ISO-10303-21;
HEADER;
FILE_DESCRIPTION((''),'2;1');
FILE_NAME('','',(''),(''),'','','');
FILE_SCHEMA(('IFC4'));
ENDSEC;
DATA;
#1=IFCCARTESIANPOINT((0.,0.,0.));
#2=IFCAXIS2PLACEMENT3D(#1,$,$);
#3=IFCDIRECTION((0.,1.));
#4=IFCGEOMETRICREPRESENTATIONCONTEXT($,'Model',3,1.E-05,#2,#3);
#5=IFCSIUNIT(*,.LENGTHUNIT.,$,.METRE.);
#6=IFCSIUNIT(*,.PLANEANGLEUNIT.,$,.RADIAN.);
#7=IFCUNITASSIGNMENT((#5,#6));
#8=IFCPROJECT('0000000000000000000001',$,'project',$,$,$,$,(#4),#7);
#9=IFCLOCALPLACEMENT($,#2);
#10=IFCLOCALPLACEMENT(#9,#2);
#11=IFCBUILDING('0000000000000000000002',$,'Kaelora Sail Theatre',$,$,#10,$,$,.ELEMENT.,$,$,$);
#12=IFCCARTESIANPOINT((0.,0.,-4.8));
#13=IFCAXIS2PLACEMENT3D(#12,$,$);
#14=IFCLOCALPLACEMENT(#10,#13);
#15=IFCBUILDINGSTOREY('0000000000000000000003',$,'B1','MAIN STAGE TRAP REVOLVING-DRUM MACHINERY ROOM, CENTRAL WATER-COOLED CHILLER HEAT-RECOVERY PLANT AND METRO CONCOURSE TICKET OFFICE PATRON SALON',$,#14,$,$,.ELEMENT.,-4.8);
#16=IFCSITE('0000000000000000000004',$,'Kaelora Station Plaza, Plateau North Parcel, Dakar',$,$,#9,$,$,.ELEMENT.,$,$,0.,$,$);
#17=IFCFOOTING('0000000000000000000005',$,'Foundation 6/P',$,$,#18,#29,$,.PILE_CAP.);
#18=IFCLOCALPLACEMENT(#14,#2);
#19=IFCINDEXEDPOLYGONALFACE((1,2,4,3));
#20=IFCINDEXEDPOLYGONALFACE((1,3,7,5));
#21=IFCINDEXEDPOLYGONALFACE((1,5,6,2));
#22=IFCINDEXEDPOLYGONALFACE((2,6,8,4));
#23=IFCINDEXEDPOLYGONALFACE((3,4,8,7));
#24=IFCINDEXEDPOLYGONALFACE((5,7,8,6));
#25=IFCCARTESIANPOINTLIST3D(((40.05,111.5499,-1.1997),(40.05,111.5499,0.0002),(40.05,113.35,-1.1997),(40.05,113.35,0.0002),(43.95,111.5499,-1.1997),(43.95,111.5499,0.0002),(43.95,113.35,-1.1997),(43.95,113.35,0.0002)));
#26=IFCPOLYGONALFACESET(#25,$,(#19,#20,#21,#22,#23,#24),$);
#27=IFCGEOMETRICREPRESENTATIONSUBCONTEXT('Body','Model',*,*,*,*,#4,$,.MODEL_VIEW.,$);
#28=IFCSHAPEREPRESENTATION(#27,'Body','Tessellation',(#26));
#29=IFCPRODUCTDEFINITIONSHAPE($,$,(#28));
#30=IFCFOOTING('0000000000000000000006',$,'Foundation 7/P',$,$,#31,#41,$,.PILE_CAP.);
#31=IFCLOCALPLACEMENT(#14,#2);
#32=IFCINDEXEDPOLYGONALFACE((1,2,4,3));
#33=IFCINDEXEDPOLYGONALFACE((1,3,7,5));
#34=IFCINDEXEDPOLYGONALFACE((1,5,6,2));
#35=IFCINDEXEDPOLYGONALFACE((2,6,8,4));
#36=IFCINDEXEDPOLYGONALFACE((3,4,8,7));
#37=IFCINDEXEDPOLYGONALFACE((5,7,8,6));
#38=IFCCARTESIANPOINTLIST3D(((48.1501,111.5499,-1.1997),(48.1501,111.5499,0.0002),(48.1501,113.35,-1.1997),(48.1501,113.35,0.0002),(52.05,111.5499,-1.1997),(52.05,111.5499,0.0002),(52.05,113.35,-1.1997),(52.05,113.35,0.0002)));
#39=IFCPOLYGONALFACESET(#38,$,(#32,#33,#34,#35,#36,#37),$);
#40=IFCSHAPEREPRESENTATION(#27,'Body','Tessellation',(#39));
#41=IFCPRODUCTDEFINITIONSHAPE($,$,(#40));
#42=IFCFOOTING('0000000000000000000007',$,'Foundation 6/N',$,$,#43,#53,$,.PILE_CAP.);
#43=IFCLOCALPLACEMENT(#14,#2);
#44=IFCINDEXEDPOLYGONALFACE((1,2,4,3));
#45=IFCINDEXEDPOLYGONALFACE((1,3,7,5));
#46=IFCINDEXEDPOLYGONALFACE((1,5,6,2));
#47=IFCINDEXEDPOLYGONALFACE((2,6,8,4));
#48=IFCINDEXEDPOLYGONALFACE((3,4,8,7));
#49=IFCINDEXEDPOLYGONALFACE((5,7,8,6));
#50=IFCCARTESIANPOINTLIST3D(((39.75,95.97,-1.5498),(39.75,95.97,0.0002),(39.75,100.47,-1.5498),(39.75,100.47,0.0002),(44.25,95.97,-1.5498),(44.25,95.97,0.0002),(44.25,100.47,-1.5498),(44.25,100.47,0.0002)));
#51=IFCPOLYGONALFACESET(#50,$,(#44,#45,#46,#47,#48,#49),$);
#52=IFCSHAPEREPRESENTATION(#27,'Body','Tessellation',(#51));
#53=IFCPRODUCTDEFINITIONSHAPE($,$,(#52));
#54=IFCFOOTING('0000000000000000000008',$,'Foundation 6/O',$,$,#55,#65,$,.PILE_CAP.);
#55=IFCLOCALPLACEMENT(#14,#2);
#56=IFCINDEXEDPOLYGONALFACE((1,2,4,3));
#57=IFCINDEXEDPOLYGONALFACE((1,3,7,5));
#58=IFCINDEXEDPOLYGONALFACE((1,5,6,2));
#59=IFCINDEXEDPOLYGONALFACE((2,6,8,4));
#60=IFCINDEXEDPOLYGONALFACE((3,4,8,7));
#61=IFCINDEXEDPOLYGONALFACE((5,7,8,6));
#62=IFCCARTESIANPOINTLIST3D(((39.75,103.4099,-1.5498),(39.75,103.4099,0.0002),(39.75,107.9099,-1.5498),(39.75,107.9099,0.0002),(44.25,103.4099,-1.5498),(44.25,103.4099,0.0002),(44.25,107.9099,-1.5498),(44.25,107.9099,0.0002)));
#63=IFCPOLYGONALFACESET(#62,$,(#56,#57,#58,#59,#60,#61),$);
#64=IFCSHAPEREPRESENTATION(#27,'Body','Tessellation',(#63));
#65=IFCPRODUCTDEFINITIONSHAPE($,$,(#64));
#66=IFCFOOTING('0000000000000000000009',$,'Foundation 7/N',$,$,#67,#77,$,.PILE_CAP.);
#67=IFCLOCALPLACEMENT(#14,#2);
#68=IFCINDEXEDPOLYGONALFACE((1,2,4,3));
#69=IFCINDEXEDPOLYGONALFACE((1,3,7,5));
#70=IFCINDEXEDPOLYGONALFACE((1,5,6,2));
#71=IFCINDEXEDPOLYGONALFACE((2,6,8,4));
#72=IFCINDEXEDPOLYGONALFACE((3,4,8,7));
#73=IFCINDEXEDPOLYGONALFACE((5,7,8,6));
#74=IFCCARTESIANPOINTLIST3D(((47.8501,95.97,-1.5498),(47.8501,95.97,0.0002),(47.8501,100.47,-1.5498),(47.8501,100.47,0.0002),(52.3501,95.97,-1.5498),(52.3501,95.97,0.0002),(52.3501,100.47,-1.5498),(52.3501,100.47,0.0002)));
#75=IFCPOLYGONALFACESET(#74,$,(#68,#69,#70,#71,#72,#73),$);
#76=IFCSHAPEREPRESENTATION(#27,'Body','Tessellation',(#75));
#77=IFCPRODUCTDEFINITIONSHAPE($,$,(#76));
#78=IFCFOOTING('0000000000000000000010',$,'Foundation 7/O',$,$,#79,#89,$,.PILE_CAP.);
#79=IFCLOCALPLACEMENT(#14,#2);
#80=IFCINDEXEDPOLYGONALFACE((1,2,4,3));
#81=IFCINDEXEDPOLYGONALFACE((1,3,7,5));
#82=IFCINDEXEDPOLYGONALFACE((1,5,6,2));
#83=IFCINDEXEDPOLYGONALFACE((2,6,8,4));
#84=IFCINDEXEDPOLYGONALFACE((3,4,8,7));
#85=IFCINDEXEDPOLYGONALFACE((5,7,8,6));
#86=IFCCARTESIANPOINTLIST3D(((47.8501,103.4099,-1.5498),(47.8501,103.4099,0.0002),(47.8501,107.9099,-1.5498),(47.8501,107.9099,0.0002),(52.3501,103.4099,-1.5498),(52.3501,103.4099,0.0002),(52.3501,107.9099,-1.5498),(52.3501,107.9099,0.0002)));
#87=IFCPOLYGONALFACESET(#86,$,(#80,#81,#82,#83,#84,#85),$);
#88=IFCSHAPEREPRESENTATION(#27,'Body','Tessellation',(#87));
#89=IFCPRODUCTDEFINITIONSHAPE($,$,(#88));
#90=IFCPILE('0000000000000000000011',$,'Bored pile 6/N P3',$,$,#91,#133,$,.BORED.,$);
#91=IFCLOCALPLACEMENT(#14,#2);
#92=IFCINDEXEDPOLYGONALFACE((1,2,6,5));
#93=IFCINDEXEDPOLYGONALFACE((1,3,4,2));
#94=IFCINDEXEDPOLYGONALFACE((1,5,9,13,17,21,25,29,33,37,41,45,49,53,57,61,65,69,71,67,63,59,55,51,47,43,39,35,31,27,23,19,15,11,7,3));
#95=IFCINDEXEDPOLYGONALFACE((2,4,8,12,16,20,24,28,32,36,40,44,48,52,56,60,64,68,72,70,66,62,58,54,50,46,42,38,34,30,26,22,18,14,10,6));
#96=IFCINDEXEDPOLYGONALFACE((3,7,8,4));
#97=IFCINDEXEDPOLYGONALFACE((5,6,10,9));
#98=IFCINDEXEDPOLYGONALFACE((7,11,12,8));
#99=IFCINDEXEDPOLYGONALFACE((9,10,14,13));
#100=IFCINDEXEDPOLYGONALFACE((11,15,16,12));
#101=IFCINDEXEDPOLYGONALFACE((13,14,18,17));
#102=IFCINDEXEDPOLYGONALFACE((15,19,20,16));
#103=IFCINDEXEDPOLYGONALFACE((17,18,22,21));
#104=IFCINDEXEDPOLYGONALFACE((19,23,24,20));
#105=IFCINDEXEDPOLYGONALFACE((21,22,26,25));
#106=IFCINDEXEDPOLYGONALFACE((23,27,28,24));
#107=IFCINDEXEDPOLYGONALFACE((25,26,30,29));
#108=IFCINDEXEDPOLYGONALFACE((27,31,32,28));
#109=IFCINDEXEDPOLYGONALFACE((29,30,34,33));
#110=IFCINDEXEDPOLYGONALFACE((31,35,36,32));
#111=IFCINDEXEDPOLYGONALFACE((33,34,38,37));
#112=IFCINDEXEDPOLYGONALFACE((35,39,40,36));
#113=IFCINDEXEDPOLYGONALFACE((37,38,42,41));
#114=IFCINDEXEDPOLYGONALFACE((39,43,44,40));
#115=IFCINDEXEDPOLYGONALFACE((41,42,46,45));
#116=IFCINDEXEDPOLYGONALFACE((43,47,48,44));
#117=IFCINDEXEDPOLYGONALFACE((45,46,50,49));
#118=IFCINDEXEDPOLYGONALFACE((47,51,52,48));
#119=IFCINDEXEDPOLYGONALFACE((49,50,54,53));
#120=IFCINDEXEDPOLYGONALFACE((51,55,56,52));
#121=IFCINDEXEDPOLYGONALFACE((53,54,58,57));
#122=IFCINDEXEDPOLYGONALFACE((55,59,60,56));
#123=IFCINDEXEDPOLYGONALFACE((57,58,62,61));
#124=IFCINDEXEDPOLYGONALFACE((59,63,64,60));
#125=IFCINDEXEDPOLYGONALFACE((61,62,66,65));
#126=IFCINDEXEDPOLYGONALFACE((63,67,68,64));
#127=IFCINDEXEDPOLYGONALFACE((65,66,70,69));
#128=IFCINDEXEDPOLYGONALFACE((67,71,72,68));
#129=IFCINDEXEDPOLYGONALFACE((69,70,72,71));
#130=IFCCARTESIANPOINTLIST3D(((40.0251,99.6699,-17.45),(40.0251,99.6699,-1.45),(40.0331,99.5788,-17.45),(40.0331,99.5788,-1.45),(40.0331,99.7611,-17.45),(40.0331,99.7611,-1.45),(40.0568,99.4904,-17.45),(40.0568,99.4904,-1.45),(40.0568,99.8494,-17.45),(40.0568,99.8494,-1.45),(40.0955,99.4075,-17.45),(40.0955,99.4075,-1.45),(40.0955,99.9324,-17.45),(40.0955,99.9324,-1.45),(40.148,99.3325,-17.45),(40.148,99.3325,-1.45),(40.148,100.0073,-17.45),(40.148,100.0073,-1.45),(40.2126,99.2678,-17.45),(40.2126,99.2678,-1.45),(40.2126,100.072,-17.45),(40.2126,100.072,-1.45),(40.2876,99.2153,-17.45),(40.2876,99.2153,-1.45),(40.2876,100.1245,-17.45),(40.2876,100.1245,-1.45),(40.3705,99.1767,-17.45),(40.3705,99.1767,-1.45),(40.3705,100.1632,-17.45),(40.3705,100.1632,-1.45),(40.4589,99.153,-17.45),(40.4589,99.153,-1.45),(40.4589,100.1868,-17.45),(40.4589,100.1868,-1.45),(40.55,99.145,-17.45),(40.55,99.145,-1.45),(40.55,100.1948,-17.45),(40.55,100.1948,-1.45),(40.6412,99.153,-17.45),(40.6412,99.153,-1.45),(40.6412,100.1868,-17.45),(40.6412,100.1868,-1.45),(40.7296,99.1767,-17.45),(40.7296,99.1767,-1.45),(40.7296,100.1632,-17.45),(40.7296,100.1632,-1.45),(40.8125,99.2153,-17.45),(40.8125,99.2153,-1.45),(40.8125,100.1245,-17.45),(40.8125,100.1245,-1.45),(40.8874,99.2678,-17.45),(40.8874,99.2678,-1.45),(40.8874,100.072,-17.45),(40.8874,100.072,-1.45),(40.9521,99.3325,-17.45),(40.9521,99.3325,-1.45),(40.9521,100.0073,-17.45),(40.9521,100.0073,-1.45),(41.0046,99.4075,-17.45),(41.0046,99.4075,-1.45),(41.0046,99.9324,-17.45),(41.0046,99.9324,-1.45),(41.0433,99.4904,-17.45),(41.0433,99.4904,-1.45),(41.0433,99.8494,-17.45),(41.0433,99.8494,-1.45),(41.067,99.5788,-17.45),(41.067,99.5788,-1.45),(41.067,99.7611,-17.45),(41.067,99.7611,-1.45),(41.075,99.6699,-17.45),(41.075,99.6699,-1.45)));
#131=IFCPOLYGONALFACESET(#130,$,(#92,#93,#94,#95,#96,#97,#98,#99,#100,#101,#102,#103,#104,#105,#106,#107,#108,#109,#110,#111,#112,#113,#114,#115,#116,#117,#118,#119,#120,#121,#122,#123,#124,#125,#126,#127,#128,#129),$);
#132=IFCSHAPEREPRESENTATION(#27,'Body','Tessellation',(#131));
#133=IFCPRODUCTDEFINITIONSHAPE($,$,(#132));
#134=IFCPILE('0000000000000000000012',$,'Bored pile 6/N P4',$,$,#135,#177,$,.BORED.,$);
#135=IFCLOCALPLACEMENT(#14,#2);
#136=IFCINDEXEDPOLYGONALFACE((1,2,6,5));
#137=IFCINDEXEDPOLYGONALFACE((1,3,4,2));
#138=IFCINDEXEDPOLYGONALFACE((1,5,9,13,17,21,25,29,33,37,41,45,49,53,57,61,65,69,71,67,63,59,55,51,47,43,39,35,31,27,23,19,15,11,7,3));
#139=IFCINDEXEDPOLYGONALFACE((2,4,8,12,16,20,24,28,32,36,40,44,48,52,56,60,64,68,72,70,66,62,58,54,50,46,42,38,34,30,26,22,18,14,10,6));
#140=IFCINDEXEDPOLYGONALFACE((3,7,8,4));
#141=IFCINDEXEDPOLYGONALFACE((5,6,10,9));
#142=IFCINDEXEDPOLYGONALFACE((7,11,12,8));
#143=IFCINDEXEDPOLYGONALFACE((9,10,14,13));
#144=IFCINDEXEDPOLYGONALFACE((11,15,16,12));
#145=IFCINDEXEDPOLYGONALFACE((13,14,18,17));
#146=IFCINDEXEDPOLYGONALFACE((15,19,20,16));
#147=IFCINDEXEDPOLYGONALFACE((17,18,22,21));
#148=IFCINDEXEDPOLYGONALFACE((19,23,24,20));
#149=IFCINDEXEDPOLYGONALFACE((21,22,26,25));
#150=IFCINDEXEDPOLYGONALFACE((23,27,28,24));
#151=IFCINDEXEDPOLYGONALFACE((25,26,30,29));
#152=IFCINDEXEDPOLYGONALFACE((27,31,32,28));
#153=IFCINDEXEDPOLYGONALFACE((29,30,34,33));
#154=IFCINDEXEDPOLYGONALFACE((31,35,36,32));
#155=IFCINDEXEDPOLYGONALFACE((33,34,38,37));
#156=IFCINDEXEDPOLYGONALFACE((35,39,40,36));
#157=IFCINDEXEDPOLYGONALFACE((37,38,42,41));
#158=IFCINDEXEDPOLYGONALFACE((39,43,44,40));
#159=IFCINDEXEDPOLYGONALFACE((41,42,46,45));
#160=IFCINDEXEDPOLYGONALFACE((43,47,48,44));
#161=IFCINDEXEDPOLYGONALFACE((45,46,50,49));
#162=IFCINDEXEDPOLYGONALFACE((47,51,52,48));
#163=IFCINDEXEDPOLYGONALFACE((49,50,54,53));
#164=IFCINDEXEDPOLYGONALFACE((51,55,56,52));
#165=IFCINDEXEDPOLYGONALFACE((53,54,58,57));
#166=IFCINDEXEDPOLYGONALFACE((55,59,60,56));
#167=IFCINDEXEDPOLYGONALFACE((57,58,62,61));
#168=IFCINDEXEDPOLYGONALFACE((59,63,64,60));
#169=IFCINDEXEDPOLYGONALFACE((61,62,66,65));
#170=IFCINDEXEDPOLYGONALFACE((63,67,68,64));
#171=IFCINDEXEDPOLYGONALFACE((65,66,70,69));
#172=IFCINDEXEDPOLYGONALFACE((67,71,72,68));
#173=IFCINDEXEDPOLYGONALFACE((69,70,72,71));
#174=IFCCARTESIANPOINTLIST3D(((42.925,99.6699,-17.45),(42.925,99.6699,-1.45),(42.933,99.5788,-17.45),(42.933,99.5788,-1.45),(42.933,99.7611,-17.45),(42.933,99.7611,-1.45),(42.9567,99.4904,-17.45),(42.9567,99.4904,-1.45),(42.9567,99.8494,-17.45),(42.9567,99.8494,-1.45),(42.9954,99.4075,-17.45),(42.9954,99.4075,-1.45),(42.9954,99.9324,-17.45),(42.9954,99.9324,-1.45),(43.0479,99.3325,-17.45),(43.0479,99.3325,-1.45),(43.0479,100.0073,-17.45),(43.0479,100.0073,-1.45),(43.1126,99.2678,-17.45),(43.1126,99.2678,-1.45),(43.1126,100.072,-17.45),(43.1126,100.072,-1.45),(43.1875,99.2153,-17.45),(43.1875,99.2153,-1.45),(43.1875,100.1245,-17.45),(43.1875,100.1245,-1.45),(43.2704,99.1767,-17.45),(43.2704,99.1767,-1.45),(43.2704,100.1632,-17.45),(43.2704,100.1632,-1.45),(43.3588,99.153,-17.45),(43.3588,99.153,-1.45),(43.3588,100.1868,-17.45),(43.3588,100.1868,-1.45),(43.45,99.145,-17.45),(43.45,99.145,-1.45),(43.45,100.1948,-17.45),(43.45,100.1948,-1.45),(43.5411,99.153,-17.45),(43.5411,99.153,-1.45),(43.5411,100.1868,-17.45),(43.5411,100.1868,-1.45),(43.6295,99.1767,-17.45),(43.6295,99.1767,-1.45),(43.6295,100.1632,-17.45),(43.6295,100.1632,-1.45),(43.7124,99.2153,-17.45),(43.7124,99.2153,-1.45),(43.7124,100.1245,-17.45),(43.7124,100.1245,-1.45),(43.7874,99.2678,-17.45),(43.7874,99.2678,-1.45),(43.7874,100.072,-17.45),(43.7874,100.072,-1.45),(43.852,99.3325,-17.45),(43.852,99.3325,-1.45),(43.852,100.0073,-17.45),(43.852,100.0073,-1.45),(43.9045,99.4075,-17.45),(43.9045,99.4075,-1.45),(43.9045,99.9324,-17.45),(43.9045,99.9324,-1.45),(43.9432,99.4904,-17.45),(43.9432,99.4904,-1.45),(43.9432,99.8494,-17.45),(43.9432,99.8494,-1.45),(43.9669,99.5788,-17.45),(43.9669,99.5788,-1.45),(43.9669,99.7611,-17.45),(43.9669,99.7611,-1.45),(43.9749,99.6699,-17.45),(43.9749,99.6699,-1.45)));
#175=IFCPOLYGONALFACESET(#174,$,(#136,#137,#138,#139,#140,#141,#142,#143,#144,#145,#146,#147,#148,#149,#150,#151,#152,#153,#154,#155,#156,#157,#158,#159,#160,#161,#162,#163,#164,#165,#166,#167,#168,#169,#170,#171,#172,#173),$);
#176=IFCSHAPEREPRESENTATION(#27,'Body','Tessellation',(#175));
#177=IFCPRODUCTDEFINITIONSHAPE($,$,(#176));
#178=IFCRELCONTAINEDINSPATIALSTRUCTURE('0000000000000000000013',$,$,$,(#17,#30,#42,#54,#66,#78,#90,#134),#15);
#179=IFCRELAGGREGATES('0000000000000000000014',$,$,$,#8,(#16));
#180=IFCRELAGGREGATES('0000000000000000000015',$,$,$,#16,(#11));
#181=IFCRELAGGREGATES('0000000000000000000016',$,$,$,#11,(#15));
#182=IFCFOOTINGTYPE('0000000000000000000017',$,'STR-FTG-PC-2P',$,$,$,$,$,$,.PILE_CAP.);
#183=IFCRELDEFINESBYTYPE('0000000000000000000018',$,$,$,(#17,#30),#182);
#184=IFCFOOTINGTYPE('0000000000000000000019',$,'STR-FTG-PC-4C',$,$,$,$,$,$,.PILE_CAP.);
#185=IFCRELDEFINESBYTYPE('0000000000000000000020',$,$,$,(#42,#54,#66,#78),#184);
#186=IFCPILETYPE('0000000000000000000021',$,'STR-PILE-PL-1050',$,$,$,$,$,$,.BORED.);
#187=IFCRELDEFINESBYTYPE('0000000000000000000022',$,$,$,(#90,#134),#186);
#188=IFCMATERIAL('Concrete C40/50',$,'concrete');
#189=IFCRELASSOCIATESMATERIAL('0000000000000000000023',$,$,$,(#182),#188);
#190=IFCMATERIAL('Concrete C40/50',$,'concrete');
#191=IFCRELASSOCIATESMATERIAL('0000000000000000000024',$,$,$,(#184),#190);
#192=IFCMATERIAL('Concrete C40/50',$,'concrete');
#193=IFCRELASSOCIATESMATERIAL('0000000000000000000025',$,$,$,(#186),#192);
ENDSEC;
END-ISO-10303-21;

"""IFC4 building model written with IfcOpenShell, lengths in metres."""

from ifc_helpers import new_model, si_unit, direction, frame, origin, origin_2d, place, context, subcontext, project, spatial, rectangle, circle, extrude, material, material_profile, profile_set, type_object, element, save


model = new_model("IFC4")

# Units and contexts
model_context = context("Model", 3, precision=1e-05, world=origin(), true_north=direction((0.0, 1.0)))
body_context = subcontext(model_context, "Body", "Model", "MODEL_VIEW")
ifc_project = project(units=[si_unit("LENGTHUNIT", "METRE"), si_unit("PLANEANGLEUNIT", "RADIAN")], contexts=[model_context])

# Site, building, storey
site_placement = place(None, origin())
site = spatial("IfcSite", under=ifc_project, at=site_placement, Name="Kaelora Station Plaza, Plateau North Parcel, Dakar", CompositionType="ELEMENT", RefElevation=0.0)
building_placement = place(site_placement, origin())
building = spatial("IfcBuilding", under=site, at=building_placement, Name="Kaelora Sail Theatre", CompositionType="ELEMENT")
storey_placement = place(building_placement, frame((0.0, 0.0, -4.8)))
storey = spatial("IfcBuildingStorey", under=building, at=storey_placement, Name="B1", Description="MAIN STAGE TRAP REVOLVING-DRUM MACHINERY ROOM, CENTRAL WATER-COOLED CHILLER HEAT-RECOVERY PLANT AND METRO CONCOURSE TICKET OFFICE PATRON SALON", CompositionType="ELEMENT", Elevation=-4.8)

# Footings
ifc_material_1 = material(Name="Concrete C40/50", Category="concrete")
footing_type_1 = type_object("IfcFootingType", Name="STR-FTG-PC-2P", PredefinedType="PILE_CAP", material=ifc_material_1)
for number, where, z_axis, x_axis, name in (
    (1, (42.0, 112.45, -1.1997), (0.0, 0.0, 1.0), (1.0, 0.0, 0.0), "Foundation 6/P"),
    (2, (50.1001, 112.45, -1.1997), (0.0, 0.0, 1.0), (1.0, 0.0, 0.0), "Foundation 7/P"),
):
    element("IfcFooting", number, at=place(storey_placement, frame(where, z_axis=z_axis, x_axis=x_axis)), inside=storey, type_object=footing_type_1, Name=name, PredefinedType="PILE_CAP", context=body_context, shape_type="SweptSolid", body=[
        extrude(rectangle(XDim=3.8999, YDim=1.8, at=origin_2d()), origin(), (0.0, 0.0, 1.0), 1.2),
    ])
ifc_material_2 = material(Name="Concrete C40/50", Category="concrete")
footing_type_2 = type_object("IfcFootingType", Name="STR-FTG-PC-4C", PredefinedType="PILE_CAP", material=ifc_material_2)
for number, where, z_axis, x_axis, name in (
    (3, (42.0, 98.22, -1.5498), (0.0, 0.0, 1.0), (1.0, 0.0, 0.0), "Foundation 6/N"),
    (4, (42.0, 105.6599, -1.5498), (0.0, 0.0, 1.0), (1.0, 0.0, 0.0), "Foundation 6/O"),
    (5, (50.1001, 98.22, -1.5498), (0.0, 0.0, 1.0), (1.0, 0.0, 0.0), "Foundation 7/N"),
    (6, (50.1001, 105.6599, -1.5498), (0.0, 0.0, 1.0), (1.0, 0.0, 0.0), "Foundation 7/O"),
):
    element("IfcFooting", number, at=place(storey_placement, frame(where, z_axis=z_axis, x_axis=x_axis)), inside=storey, type_object=footing_type_2, Name=name, PredefinedType="PILE_CAP", context=body_context, shape_type="SweptSolid", body=[
        extrude(rectangle(XDim=4.5, YDim=4.5, at=origin_2d()), origin(), (0.0, 0.0, 1.0), 1.55),
    ])

# Piles
ifc_material_3 = material(Name="Concrete C40/50", Category="concrete")
ifc_material_profile_1 = material_profile(ifc_material_3, circle(Radius=0.5249, at=origin_2d()), Name="PILE D1050")
ifc_profile_set_1 = profile_set([ifc_material_profile_1], Name="Concrete C40/50")
pile_type_1 = type_object("IfcPileType", Name="STR-PILE-PL-1050", PredefinedType="BORED", material=ifc_profile_set_1)
for number, where, z_axis, x_axis, name in (
    (7, (40.55, 99.6699, -1.45), (0.0, 0.0, -1.0), (1.0, 0.0, 0.0), "Bored pile 6/N P3"),
    (8, (43.45, 99.6699, -1.45), (0.0, 0.0, -1.0), (1.0, 0.0, 0.0), "Bored pile 6/N P4"),
):
    element("IfcPile", number, at=place(storey_placement, frame(where, z_axis=z_axis, x_axis=x_axis)), inside=storey, type_object=pile_type_1, Name=name, PredefinedType="BORED", context=body_context, shape_type="SweptSolid", body=[
        extrude(circle(Radius=0.5249, at=origin_2d()), origin(), (0.0, 0.0, 1.0), 16.0),
    ])

save(model, "model.ifc")
